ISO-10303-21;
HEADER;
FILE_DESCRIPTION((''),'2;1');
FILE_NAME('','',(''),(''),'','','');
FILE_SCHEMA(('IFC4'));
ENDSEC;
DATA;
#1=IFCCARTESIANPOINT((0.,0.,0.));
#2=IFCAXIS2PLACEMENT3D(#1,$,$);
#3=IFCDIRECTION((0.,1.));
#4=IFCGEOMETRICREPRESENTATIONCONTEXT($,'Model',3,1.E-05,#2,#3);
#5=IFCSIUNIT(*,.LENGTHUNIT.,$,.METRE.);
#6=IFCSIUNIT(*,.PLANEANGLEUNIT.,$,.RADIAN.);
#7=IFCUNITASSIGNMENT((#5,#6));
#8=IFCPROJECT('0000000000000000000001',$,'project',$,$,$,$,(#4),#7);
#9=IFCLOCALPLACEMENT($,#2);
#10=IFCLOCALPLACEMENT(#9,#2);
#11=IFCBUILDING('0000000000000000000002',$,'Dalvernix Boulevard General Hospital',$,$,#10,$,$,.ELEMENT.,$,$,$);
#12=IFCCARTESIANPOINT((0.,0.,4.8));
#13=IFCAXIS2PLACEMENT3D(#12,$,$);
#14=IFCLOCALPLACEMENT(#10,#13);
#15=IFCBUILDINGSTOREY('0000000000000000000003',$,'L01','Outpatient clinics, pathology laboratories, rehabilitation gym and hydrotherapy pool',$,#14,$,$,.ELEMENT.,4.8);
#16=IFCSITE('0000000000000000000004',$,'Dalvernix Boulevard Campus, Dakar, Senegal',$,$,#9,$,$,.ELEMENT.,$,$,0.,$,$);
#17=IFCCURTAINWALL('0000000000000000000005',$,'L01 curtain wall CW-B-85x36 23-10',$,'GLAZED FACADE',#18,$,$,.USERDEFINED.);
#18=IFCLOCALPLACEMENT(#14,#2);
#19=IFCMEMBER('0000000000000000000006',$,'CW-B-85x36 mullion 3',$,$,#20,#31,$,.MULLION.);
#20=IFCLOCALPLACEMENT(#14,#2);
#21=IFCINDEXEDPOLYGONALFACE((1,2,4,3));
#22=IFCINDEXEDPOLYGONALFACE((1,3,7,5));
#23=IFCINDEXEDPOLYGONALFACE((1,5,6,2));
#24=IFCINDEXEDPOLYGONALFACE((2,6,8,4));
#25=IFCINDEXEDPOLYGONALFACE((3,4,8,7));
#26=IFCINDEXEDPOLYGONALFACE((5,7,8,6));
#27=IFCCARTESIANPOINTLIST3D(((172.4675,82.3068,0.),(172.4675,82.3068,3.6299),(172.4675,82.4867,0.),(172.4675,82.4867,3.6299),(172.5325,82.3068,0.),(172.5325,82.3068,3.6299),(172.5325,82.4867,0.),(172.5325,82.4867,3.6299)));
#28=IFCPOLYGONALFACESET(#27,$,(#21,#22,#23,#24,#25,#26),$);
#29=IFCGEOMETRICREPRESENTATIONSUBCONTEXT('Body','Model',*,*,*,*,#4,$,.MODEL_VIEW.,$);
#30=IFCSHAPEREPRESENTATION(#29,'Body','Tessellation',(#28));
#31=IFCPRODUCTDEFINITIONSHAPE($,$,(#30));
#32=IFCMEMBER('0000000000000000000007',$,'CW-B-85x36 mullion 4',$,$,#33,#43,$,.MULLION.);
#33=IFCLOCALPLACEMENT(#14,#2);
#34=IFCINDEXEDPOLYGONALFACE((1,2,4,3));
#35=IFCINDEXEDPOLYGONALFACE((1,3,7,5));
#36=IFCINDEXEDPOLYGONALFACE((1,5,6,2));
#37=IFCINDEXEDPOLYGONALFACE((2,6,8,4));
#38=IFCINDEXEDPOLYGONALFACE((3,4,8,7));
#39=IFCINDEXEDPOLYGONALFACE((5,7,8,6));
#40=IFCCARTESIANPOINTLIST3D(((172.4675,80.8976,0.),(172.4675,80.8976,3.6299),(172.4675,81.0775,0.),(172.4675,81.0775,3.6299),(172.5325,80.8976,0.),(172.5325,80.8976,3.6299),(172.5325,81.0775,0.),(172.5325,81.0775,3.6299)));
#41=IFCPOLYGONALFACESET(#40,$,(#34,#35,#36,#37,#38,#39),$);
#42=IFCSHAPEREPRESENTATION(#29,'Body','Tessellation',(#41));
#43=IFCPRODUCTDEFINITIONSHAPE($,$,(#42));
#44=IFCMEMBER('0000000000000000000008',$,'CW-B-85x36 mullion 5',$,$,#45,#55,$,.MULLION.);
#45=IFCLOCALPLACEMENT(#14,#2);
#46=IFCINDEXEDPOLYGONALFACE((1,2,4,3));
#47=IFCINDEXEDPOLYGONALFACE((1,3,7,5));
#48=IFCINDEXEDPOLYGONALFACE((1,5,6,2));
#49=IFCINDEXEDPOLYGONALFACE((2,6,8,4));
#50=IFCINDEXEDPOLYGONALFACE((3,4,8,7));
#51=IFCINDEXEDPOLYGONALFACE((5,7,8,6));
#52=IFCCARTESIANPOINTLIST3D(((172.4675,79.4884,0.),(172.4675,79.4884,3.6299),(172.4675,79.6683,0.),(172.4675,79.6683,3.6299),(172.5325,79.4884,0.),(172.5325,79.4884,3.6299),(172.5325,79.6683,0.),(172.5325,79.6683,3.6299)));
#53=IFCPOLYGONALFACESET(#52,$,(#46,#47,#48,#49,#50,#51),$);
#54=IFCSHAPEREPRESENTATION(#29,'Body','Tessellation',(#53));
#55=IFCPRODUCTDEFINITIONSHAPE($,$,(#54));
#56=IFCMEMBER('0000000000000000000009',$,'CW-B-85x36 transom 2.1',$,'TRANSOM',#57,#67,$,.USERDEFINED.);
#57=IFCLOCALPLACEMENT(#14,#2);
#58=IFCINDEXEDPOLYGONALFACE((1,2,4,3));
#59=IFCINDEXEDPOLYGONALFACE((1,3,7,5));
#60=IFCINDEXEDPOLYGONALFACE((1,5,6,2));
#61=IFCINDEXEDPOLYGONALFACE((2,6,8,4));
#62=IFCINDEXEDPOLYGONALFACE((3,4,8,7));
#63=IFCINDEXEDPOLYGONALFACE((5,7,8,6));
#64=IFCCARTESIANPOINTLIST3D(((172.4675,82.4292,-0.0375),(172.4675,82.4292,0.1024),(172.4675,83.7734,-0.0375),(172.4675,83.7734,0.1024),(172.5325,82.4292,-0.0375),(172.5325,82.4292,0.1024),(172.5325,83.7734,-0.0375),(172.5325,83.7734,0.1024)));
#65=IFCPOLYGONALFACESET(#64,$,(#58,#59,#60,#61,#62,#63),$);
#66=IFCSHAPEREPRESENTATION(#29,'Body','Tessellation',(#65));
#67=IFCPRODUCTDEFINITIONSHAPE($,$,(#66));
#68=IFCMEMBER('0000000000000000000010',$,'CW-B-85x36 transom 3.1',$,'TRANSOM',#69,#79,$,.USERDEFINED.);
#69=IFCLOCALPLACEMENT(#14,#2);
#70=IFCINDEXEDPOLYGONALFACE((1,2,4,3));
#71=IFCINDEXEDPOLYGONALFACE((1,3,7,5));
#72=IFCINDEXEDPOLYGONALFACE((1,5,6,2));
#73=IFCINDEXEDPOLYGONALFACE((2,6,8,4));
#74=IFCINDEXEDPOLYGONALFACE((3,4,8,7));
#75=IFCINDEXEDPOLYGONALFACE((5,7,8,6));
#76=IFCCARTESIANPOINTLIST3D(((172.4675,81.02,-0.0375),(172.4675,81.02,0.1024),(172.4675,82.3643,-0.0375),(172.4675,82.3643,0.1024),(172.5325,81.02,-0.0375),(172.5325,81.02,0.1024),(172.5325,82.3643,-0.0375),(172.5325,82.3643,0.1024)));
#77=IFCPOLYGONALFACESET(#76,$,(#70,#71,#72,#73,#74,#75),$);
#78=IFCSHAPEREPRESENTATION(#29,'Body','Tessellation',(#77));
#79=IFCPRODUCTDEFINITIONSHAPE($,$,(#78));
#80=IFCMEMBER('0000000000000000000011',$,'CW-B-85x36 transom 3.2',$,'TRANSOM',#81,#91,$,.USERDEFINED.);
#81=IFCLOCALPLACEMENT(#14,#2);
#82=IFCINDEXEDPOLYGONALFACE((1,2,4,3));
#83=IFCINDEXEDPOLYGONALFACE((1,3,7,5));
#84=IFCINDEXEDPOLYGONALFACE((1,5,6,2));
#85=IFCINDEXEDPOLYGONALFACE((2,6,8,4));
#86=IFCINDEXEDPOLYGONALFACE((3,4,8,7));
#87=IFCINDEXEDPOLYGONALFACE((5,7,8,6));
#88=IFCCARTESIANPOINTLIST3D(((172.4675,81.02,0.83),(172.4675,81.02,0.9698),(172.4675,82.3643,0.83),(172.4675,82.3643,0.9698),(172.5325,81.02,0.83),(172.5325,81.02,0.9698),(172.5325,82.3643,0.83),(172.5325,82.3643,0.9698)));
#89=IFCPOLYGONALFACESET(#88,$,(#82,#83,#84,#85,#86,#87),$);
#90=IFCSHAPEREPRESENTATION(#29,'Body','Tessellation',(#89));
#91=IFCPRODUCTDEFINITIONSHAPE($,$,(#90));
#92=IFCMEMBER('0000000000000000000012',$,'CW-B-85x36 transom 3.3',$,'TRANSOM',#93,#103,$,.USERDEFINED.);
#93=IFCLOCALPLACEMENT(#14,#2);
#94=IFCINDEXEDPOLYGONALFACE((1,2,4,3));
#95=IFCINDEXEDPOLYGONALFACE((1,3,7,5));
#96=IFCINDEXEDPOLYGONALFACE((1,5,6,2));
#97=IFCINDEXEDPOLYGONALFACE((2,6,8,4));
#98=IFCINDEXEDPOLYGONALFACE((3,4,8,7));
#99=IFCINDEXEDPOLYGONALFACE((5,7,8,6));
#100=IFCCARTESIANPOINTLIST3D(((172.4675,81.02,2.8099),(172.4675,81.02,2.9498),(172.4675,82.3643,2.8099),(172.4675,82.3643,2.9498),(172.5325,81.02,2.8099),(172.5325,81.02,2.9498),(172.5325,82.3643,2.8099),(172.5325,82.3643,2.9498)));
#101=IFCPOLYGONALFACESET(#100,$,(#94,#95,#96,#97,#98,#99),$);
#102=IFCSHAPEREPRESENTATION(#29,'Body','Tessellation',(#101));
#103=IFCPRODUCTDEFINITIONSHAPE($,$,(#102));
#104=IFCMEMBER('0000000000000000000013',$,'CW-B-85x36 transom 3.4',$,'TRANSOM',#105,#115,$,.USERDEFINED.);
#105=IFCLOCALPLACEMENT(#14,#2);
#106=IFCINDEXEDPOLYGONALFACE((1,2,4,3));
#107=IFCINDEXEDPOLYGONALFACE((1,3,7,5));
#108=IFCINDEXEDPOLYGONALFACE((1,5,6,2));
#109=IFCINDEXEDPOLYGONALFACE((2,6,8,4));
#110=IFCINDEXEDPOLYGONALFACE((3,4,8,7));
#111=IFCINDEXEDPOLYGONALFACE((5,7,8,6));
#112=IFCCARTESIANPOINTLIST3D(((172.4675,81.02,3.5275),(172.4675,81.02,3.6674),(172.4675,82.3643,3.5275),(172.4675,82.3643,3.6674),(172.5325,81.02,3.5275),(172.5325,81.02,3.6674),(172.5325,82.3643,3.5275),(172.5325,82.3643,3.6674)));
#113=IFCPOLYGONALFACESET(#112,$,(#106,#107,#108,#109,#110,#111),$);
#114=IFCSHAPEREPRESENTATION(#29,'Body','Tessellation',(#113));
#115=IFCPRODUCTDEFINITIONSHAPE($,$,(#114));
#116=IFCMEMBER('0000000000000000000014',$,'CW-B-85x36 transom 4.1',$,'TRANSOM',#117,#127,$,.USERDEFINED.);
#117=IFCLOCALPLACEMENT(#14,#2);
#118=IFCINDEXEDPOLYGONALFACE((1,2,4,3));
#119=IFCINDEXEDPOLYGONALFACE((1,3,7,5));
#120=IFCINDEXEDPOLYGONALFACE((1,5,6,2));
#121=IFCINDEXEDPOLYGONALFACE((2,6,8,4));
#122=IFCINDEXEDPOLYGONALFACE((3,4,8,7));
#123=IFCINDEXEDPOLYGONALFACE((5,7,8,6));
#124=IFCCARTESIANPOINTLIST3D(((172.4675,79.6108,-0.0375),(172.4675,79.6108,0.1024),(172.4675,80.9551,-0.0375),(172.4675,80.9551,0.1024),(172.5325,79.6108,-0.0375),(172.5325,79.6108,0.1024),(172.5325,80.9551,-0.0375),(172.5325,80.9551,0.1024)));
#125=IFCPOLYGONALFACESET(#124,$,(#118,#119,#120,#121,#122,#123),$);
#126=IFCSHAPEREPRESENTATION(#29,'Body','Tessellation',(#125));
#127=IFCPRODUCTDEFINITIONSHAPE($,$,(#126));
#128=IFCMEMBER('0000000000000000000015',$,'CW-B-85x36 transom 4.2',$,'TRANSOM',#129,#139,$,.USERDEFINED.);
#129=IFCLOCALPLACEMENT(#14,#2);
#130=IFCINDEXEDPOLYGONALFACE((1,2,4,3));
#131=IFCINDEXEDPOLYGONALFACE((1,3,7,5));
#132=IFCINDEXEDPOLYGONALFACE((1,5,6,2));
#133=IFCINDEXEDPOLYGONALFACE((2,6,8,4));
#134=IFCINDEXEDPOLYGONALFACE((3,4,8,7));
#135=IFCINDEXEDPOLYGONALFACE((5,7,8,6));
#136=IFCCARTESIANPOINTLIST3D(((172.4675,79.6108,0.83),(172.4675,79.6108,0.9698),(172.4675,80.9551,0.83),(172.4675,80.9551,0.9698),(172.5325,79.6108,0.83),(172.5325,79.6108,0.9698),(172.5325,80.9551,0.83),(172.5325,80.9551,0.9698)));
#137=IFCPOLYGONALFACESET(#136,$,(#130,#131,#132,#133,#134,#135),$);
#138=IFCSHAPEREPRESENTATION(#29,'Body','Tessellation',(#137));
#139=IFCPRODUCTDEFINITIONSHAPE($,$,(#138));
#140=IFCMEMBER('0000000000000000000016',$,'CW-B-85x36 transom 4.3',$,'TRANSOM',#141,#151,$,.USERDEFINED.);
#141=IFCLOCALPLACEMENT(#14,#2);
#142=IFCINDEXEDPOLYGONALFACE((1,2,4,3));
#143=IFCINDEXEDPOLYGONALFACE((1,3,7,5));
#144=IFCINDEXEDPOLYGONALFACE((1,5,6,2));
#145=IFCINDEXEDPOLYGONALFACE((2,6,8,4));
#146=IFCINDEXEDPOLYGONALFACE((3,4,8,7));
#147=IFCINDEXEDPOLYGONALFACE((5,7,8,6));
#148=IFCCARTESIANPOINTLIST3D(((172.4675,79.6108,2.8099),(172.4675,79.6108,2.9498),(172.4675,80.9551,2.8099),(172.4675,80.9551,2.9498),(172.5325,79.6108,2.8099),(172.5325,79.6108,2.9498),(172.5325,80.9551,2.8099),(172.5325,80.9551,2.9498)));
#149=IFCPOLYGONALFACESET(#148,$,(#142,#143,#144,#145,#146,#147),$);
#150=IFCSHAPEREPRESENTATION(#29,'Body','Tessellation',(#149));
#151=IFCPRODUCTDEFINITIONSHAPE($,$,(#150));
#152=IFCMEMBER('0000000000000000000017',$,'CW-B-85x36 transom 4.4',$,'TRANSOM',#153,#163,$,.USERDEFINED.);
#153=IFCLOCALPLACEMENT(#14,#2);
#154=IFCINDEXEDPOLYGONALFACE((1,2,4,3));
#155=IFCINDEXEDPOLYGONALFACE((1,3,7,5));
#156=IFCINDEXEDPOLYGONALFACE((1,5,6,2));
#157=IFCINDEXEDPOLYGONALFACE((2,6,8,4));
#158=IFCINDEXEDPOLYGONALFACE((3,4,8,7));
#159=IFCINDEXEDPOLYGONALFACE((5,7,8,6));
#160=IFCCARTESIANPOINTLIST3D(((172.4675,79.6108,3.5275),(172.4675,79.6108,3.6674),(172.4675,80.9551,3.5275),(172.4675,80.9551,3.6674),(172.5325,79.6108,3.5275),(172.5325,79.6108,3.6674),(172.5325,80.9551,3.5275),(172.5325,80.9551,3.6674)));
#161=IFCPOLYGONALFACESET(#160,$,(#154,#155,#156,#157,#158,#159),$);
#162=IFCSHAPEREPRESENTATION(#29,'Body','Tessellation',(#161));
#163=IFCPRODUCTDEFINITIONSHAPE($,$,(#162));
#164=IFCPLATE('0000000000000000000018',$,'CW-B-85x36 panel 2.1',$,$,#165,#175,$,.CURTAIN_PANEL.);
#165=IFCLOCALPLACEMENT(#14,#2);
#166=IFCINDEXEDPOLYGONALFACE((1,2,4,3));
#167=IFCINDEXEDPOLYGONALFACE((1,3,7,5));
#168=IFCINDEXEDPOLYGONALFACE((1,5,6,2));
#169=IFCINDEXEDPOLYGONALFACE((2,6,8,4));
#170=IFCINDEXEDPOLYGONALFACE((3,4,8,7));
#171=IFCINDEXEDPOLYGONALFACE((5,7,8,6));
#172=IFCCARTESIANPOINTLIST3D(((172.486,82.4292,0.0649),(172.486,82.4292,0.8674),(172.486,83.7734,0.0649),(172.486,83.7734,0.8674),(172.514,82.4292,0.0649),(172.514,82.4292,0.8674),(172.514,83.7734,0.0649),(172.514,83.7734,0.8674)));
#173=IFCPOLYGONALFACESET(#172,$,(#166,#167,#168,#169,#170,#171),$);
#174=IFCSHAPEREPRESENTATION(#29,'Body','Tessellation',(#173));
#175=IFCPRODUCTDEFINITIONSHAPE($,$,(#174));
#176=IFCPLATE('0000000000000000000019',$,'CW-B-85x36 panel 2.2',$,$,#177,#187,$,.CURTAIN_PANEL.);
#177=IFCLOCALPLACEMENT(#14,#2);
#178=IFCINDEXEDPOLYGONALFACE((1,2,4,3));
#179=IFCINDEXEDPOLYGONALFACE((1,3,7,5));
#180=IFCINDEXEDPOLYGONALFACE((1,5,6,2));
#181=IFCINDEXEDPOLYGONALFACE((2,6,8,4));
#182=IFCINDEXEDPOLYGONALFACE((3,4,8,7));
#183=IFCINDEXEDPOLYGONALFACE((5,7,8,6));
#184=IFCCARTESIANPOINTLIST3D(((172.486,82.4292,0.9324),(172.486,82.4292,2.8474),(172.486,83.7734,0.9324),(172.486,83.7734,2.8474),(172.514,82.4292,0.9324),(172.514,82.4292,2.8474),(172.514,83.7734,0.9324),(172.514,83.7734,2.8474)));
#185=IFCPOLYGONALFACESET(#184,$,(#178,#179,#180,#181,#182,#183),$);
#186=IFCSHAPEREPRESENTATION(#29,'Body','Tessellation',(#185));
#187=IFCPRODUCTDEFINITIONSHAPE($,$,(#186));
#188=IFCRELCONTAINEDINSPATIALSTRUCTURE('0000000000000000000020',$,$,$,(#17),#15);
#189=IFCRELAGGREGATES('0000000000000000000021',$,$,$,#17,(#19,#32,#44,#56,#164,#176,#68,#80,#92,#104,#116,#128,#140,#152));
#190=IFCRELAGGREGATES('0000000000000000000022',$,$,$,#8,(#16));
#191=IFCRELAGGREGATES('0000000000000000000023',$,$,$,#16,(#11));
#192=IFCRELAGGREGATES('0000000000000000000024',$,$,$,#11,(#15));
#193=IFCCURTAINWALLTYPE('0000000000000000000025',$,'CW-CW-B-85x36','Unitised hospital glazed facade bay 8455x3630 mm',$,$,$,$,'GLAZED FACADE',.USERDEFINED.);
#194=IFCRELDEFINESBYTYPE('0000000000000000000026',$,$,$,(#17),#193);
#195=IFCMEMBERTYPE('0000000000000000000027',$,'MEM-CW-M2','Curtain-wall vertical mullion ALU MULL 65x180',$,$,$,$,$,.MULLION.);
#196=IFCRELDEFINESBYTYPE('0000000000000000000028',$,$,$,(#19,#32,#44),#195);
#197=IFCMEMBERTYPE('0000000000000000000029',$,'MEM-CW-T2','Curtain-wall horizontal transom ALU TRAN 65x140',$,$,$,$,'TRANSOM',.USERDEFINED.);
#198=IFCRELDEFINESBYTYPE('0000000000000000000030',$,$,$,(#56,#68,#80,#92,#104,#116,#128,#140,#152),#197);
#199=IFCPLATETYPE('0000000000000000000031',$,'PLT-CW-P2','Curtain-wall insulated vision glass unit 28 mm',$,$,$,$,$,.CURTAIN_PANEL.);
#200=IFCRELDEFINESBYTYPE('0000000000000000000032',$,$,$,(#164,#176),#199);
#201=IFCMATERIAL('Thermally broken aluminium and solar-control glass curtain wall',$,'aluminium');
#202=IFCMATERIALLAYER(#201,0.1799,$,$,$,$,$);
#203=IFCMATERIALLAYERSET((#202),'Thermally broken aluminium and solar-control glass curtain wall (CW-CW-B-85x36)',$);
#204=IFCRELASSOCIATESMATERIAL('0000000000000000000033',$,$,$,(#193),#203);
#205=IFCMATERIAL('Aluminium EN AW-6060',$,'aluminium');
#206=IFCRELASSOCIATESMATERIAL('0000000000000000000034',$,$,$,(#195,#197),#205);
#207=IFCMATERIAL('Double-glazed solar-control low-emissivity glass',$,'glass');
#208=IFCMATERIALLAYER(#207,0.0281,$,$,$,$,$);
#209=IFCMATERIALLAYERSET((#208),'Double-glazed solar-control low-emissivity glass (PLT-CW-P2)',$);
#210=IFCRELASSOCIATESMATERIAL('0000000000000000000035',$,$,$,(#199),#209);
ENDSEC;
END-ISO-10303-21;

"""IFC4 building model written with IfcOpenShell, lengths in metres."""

from ifc_helpers import new_model, si_unit, direction, frame, origin, origin_2d, place, context, subcontext, project, spatial, rectangle, extrude, material, layer, layer_set, material_profile, profile_set, type_object, element, aggregate, save


model = new_model("IFC4")

# Units and contexts
model_context = context("Model", 3, precision=1e-05, world=origin(), true_north=direction((0.0, 1.0)))
body_context = subcontext(model_context, "Body", "Model", "MODEL_VIEW")
ifc_project = project(units=[si_unit("LENGTHUNIT", "METRE"), si_unit("PLANEANGLEUNIT", "RADIAN")], contexts=[model_context])

# Site, building, storey
site_placement = place(None, origin())
site = spatial("IfcSite", under=ifc_project, at=site_placement, Name="Dalvernix Boulevard Campus, Dakar, Senegal", CompositionType="ELEMENT", RefElevation=0.0)
building_placement = place(site_placement, origin())
building = spatial("IfcBuilding", under=site, at=building_placement, Name="Dalvernix Boulevard General Hospital", CompositionType="ELEMENT")
storey_placement = place(building_placement, frame((0.0, 0.0, 4.8)))
storey = spatial("IfcBuildingStorey", under=building, at=storey_placement, Name="L01", Description="Outpatient clinics, pathology laboratories, rehabilitation gym and hydrotherapy pool", CompositionType="ELEMENT", Elevation=4.8)

# Curtain wall, members, plates
ifc_material_1 = material(Name="Thermally broken aluminium and solar-control glass curtain wall", Category="aluminium")
ifc_layer_1 = layer(ifc_material_1, 0.1799)
ifc_layer_set_1 = layer_set([ifc_layer_1], Name="Thermally broken aluminium and solar-control glass curtain wall (CW-CW-B-85x36)")
curtain_wall_type = type_object("IfcCurtainWallType", Name="CW-CW-B-85x36", Description="Unitised hospital glazed facade bay 8455x3630 mm", ElementType="GLAZED FACADE", PredefinedType="USERDEFINED", material=ifc_layer_set_1)
curtain_wall_placement = place(storey_placement, origin())
curtain_wall = element("IfcCurtainWall", 1, at=curtain_wall_placement, inside=storey, type_object=curtain_wall_type, Name="L01 curtain wall CW-B-85x36 23-10", ObjectType="GLAZED FACADE", PredefinedType="USERDEFINED")
ifc_material_2 = material(Name="Aluminium EN AW-6060", Category="aluminium")
ifc_material_profile_1 = material_profile(ifc_material_2, rectangle(XDim=0.0649, YDim=0.1799, at=origin_2d()), Name="ALU MULL 65x180")
ifc_profile_set_1 = profile_set([ifc_material_profile_1], Name="Aluminium EN AW-6060")
member_type_1 = type_object("IfcMemberType", Name="MEM-CW-M2", Description="Curtain-wall vertical mullion ALU MULL 65x180", PredefinedType="MULLION", material=ifc_profile_set_1)
member_1_placement = place(storey_placement, frame((172.5, 82.3967, 0.0), z_axis=(0.0, 0.0, 1.0), x_axis=(1.0, 0.0, 0.0)))
member_1 = element("IfcMember", 2, at=member_1_placement, type_object=member_type_1, Name="CW-B-85x36 mullion 3", PredefinedType="MULLION", context=body_context, shape_type="SweptSolid", body=[
    extrude(rectangle(XDim=0.0649, YDim=0.1799, at=origin_2d()), origin(), (0.0, 0.0, 1.0), 3.6299),
])
member_2_placement = place(storey_placement, frame((172.5, 80.9875, 0.0), z_axis=(0.0, 0.0, 1.0), x_axis=(1.0, 0.0, 0.0)))
member_2 = element("IfcMember", 3, at=member_2_placement, type_object=member_type_1, Name="CW-B-85x36 mullion 4", PredefinedType="MULLION", context=body_context, shape_type="SweptSolid", body=[
    extrude(rectangle(XDim=0.0649, YDim=0.1799, at=origin_2d()), origin(), (0.0, 0.0, 1.0), 3.6299),
])
member_3_placement = place(storey_placement, frame((172.5, 79.5784, 0.0), z_axis=(0.0, 0.0, 1.0), x_axis=(1.0, 0.0, 0.0)))
member_3 = element("IfcMember", 4, at=member_3_placement, type_object=member_type_1, Name="CW-B-85x36 mullion 5", PredefinedType="MULLION", context=body_context, shape_type="SweptSolid", body=[
    extrude(rectangle(XDim=0.0649, YDim=0.1799, at=origin_2d()), origin(), (0.0, 0.0, 1.0), 3.6299),
])
ifc_material_profile_2 = material_profile(ifc_material_2, rectangle(XDim=0.0649, YDim=0.1399, at=origin_2d()), Name="ALU TRAN 65x140")
ifc_profile_set_2 = profile_set([ifc_material_profile_2], Name="Aluminium EN AW-6060")
member_type_2 = type_object("IfcMemberType", Name="MEM-CW-T2", Description="Curtain-wall horizontal transom ALU TRAN 65x140", ElementType="TRANSOM", PredefinedType="USERDEFINED", material=ifc_profile_set_2)
member_4_placement = place(storey_placement, frame((172.5, 83.7734, 0.0325), z_axis=(0.0, -1.0, 0.0), x_axis=(1.0, 0.0, 0.0)))
member_4 = element("IfcMember", 5, at=member_4_placement, type_object=member_type_2, Name="CW-B-85x36 transom 2.1", ObjectType="TRANSOM", PredefinedType="USERDEFINED", context=body_context, shape_type="SweptSolid", body=[
    extrude(rectangle(XDim=0.0649, YDim=0.1399, at=origin_2d()), origin(), (0.0, 0.0, 1.0), 1.3442),
])
member_5_placement = place(storey_placement, frame((172.5, 82.3643, 0.0325), z_axis=(0.0, -1.0, 0.0), x_axis=(1.0, 0.0, 0.0)))
member_5 = element("IfcMember", 6, at=member_5_placement, type_object=member_type_2, Name="CW-B-85x36 transom 3.1", ObjectType="TRANSOM", PredefinedType="USERDEFINED", context=body_context, shape_type="SweptSolid", body=[
    extrude(rectangle(XDim=0.0649, YDim=0.1399, at=origin_2d()), origin(), (0.0, 0.0, 1.0), 1.3442),
])
member_6_placement = place(storey_placement, frame((172.5, 82.3643, 0.8999), z_axis=(0.0, -1.0, 0.0), x_axis=(1.0, 0.0, 0.0)))
member_6 = element("IfcMember", 7, at=member_6_placement, type_object=member_type_2, Name="CW-B-85x36 transom 3.2", ObjectType="TRANSOM", PredefinedType="USERDEFINED", context=body_context, shape_type="SweptSolid", body=[
    extrude(rectangle(XDim=0.0649, YDim=0.1399, at=origin_2d()), origin(), (0.0, 0.0, 1.0), 1.3442),
])
member_7_placement = place(storey_placement, frame((172.5, 82.3643, 2.8799), z_axis=(0.0, -1.0, 0.0), x_axis=(1.0, 0.0, 0.0)))
member_7 = element("IfcMember", 8, at=member_7_placement, type_object=member_type_2, Name="CW-B-85x36 transom 3.3", ObjectType="TRANSOM", PredefinedType="USERDEFINED", context=body_context, shape_type="SweptSolid", body=[
    extrude(rectangle(XDim=0.0649, YDim=0.1399, at=origin_2d()), origin(), (0.0, 0.0, 1.0), 1.3442),
])
member_8_placement = place(storey_placement, frame((172.5, 82.3643, 3.5974), z_axis=(0.0, -1.0, 0.0), x_axis=(1.0, 0.0, 0.0)))
member_8 = element("IfcMember", 9, at=member_8_placement, type_object=member_type_2, Name="CW-B-85x36 transom 3.4", ObjectType="TRANSOM", PredefinedType="USERDEFINED", context=body_context, shape_type="SweptSolid", body=[
    extrude(rectangle(XDim=0.0649, YDim=0.1399, at=origin_2d()), origin(), (0.0, 0.0, 1.0), 1.3442),
])
member_9_placement = place(storey_placement, frame((172.5, 80.9551, 0.0325), z_axis=(0.0, -1.0, 0.0), x_axis=(1.0, 0.0, 0.0)))
member_9 = element("IfcMember", 10, at=member_9_placement, type_object=member_type_2, Name="CW-B-85x36 transom 4.1", ObjectType="TRANSOM", PredefinedType="USERDEFINED", context=body_context, shape_type="SweptSolid", body=[
    extrude(rectangle(XDim=0.0649, YDim=0.1399, at=origin_2d()), origin(), (0.0, 0.0, 1.0), 1.3442),
])
member_10_placement = place(storey_placement, frame((172.5, 80.9551, 0.8999), z_axis=(0.0, -1.0, 0.0), x_axis=(1.0, 0.0, 0.0)))
member_10 = element("IfcMember", 11, at=member_10_placement, type_object=member_type_2, Name="CW-B-85x36 transom 4.2", ObjectType="TRANSOM", PredefinedType="USERDEFINED", context=body_context, shape_type="SweptSolid", body=[
    extrude(rectangle(XDim=0.0649, YDim=0.1399, at=origin_2d()), origin(), (0.0, 0.0, 1.0), 1.3442),
])
member_11_placement = place(storey_placement, frame((172.5, 80.9551, 2.8799), z_axis=(0.0, -1.0, 0.0), x_axis=(1.0, 0.0, 0.0)))
member_11 = element("IfcMember", 12, at=member_11_placement, type_object=member_type_2, Name="CW-B-85x36 transom 4.3", ObjectType="TRANSOM", PredefinedType="USERDEFINED", context=body_context, shape_type="SweptSolid", body=[
    extrude(rectangle(XDim=0.0649, YDim=0.1399, at=origin_2d()), origin(), (0.0, 0.0, 1.0), 1.3442),
])
member_12_placement = place(storey_placement, frame((172.5, 80.9551, 3.5974), z_axis=(0.0, -1.0, 0.0), x_axis=(1.0, 0.0, 0.0)))
member_12 = element("IfcMember", 13, at=member_12_placement, type_object=member_type_2, Name="CW-B-85x36 transom 4.4", ObjectType="TRANSOM", PredefinedType="USERDEFINED", context=body_context, shape_type="SweptSolid", body=[
    extrude(rectangle(XDim=0.0649, YDim=0.1399, at=origin_2d()), origin(), (0.0, 0.0, 1.0), 1.3442),
])
ifc_material_3 = material(Name="Double-glazed solar-control low-emissivity glass", Category="glass")
ifc_layer_2 = layer(ifc_material_3, 0.0281)
ifc_layer_set_2 = layer_set([ifc_layer_2], Name="Double-glazed solar-control low-emissivity glass (PLT-CW-P2)")
plate_type = type_object("IfcPlateType", Name="PLT-CW-P2", Description="Curtain-wall insulated vision glass unit 28 mm", PredefinedType="CURTAIN_PANEL", material=ifc_layer_set_2)
plate_1_placement = place(storey_placement, frame((172.5, 83.1013, 0.0649), z_axis=(0.0, 0.0, 1.0), x_axis=(0.0, -1.0, 0.0)))
plate_1 = element("IfcPlate", 14, at=plate_1_placement, type_object=plate_type, Name="CW-B-85x36 panel 2.1", PredefinedType="CURTAIN_PANEL", context=body_context, shape_type="SweptSolid", body=[
    extrude(rectangle(XDim=1.3442, YDim=0.0281, at=origin_2d()), origin(), (0.0, 0.0, 1.0), 0.8025),
])
plate_2_placement = place(storey_placement, frame((172.5, 83.1013, 0.9324), z_axis=(0.0, 0.0, 1.0), x_axis=(0.0, -1.0, 0.0)))
plate_2 = element("IfcPlate", 15, at=plate_2_placement, type_object=plate_type, Name="CW-B-85x36 panel 2.2", PredefinedType="CURTAIN_PANEL", context=body_context, shape_type="SweptSolid", body=[
    extrude(rectangle(XDim=1.3442, YDim=0.0281, at=origin_2d()), origin(), (0.0, 0.0, 1.0), 1.915),
])
aggregate(curtain_wall, [member_1, member_2, member_3, member_4, plate_1, plate_2, member_5, member_6, member_7, member_8, member_9, member_10, member_11, member_12])

save(model, "model.ifc")
